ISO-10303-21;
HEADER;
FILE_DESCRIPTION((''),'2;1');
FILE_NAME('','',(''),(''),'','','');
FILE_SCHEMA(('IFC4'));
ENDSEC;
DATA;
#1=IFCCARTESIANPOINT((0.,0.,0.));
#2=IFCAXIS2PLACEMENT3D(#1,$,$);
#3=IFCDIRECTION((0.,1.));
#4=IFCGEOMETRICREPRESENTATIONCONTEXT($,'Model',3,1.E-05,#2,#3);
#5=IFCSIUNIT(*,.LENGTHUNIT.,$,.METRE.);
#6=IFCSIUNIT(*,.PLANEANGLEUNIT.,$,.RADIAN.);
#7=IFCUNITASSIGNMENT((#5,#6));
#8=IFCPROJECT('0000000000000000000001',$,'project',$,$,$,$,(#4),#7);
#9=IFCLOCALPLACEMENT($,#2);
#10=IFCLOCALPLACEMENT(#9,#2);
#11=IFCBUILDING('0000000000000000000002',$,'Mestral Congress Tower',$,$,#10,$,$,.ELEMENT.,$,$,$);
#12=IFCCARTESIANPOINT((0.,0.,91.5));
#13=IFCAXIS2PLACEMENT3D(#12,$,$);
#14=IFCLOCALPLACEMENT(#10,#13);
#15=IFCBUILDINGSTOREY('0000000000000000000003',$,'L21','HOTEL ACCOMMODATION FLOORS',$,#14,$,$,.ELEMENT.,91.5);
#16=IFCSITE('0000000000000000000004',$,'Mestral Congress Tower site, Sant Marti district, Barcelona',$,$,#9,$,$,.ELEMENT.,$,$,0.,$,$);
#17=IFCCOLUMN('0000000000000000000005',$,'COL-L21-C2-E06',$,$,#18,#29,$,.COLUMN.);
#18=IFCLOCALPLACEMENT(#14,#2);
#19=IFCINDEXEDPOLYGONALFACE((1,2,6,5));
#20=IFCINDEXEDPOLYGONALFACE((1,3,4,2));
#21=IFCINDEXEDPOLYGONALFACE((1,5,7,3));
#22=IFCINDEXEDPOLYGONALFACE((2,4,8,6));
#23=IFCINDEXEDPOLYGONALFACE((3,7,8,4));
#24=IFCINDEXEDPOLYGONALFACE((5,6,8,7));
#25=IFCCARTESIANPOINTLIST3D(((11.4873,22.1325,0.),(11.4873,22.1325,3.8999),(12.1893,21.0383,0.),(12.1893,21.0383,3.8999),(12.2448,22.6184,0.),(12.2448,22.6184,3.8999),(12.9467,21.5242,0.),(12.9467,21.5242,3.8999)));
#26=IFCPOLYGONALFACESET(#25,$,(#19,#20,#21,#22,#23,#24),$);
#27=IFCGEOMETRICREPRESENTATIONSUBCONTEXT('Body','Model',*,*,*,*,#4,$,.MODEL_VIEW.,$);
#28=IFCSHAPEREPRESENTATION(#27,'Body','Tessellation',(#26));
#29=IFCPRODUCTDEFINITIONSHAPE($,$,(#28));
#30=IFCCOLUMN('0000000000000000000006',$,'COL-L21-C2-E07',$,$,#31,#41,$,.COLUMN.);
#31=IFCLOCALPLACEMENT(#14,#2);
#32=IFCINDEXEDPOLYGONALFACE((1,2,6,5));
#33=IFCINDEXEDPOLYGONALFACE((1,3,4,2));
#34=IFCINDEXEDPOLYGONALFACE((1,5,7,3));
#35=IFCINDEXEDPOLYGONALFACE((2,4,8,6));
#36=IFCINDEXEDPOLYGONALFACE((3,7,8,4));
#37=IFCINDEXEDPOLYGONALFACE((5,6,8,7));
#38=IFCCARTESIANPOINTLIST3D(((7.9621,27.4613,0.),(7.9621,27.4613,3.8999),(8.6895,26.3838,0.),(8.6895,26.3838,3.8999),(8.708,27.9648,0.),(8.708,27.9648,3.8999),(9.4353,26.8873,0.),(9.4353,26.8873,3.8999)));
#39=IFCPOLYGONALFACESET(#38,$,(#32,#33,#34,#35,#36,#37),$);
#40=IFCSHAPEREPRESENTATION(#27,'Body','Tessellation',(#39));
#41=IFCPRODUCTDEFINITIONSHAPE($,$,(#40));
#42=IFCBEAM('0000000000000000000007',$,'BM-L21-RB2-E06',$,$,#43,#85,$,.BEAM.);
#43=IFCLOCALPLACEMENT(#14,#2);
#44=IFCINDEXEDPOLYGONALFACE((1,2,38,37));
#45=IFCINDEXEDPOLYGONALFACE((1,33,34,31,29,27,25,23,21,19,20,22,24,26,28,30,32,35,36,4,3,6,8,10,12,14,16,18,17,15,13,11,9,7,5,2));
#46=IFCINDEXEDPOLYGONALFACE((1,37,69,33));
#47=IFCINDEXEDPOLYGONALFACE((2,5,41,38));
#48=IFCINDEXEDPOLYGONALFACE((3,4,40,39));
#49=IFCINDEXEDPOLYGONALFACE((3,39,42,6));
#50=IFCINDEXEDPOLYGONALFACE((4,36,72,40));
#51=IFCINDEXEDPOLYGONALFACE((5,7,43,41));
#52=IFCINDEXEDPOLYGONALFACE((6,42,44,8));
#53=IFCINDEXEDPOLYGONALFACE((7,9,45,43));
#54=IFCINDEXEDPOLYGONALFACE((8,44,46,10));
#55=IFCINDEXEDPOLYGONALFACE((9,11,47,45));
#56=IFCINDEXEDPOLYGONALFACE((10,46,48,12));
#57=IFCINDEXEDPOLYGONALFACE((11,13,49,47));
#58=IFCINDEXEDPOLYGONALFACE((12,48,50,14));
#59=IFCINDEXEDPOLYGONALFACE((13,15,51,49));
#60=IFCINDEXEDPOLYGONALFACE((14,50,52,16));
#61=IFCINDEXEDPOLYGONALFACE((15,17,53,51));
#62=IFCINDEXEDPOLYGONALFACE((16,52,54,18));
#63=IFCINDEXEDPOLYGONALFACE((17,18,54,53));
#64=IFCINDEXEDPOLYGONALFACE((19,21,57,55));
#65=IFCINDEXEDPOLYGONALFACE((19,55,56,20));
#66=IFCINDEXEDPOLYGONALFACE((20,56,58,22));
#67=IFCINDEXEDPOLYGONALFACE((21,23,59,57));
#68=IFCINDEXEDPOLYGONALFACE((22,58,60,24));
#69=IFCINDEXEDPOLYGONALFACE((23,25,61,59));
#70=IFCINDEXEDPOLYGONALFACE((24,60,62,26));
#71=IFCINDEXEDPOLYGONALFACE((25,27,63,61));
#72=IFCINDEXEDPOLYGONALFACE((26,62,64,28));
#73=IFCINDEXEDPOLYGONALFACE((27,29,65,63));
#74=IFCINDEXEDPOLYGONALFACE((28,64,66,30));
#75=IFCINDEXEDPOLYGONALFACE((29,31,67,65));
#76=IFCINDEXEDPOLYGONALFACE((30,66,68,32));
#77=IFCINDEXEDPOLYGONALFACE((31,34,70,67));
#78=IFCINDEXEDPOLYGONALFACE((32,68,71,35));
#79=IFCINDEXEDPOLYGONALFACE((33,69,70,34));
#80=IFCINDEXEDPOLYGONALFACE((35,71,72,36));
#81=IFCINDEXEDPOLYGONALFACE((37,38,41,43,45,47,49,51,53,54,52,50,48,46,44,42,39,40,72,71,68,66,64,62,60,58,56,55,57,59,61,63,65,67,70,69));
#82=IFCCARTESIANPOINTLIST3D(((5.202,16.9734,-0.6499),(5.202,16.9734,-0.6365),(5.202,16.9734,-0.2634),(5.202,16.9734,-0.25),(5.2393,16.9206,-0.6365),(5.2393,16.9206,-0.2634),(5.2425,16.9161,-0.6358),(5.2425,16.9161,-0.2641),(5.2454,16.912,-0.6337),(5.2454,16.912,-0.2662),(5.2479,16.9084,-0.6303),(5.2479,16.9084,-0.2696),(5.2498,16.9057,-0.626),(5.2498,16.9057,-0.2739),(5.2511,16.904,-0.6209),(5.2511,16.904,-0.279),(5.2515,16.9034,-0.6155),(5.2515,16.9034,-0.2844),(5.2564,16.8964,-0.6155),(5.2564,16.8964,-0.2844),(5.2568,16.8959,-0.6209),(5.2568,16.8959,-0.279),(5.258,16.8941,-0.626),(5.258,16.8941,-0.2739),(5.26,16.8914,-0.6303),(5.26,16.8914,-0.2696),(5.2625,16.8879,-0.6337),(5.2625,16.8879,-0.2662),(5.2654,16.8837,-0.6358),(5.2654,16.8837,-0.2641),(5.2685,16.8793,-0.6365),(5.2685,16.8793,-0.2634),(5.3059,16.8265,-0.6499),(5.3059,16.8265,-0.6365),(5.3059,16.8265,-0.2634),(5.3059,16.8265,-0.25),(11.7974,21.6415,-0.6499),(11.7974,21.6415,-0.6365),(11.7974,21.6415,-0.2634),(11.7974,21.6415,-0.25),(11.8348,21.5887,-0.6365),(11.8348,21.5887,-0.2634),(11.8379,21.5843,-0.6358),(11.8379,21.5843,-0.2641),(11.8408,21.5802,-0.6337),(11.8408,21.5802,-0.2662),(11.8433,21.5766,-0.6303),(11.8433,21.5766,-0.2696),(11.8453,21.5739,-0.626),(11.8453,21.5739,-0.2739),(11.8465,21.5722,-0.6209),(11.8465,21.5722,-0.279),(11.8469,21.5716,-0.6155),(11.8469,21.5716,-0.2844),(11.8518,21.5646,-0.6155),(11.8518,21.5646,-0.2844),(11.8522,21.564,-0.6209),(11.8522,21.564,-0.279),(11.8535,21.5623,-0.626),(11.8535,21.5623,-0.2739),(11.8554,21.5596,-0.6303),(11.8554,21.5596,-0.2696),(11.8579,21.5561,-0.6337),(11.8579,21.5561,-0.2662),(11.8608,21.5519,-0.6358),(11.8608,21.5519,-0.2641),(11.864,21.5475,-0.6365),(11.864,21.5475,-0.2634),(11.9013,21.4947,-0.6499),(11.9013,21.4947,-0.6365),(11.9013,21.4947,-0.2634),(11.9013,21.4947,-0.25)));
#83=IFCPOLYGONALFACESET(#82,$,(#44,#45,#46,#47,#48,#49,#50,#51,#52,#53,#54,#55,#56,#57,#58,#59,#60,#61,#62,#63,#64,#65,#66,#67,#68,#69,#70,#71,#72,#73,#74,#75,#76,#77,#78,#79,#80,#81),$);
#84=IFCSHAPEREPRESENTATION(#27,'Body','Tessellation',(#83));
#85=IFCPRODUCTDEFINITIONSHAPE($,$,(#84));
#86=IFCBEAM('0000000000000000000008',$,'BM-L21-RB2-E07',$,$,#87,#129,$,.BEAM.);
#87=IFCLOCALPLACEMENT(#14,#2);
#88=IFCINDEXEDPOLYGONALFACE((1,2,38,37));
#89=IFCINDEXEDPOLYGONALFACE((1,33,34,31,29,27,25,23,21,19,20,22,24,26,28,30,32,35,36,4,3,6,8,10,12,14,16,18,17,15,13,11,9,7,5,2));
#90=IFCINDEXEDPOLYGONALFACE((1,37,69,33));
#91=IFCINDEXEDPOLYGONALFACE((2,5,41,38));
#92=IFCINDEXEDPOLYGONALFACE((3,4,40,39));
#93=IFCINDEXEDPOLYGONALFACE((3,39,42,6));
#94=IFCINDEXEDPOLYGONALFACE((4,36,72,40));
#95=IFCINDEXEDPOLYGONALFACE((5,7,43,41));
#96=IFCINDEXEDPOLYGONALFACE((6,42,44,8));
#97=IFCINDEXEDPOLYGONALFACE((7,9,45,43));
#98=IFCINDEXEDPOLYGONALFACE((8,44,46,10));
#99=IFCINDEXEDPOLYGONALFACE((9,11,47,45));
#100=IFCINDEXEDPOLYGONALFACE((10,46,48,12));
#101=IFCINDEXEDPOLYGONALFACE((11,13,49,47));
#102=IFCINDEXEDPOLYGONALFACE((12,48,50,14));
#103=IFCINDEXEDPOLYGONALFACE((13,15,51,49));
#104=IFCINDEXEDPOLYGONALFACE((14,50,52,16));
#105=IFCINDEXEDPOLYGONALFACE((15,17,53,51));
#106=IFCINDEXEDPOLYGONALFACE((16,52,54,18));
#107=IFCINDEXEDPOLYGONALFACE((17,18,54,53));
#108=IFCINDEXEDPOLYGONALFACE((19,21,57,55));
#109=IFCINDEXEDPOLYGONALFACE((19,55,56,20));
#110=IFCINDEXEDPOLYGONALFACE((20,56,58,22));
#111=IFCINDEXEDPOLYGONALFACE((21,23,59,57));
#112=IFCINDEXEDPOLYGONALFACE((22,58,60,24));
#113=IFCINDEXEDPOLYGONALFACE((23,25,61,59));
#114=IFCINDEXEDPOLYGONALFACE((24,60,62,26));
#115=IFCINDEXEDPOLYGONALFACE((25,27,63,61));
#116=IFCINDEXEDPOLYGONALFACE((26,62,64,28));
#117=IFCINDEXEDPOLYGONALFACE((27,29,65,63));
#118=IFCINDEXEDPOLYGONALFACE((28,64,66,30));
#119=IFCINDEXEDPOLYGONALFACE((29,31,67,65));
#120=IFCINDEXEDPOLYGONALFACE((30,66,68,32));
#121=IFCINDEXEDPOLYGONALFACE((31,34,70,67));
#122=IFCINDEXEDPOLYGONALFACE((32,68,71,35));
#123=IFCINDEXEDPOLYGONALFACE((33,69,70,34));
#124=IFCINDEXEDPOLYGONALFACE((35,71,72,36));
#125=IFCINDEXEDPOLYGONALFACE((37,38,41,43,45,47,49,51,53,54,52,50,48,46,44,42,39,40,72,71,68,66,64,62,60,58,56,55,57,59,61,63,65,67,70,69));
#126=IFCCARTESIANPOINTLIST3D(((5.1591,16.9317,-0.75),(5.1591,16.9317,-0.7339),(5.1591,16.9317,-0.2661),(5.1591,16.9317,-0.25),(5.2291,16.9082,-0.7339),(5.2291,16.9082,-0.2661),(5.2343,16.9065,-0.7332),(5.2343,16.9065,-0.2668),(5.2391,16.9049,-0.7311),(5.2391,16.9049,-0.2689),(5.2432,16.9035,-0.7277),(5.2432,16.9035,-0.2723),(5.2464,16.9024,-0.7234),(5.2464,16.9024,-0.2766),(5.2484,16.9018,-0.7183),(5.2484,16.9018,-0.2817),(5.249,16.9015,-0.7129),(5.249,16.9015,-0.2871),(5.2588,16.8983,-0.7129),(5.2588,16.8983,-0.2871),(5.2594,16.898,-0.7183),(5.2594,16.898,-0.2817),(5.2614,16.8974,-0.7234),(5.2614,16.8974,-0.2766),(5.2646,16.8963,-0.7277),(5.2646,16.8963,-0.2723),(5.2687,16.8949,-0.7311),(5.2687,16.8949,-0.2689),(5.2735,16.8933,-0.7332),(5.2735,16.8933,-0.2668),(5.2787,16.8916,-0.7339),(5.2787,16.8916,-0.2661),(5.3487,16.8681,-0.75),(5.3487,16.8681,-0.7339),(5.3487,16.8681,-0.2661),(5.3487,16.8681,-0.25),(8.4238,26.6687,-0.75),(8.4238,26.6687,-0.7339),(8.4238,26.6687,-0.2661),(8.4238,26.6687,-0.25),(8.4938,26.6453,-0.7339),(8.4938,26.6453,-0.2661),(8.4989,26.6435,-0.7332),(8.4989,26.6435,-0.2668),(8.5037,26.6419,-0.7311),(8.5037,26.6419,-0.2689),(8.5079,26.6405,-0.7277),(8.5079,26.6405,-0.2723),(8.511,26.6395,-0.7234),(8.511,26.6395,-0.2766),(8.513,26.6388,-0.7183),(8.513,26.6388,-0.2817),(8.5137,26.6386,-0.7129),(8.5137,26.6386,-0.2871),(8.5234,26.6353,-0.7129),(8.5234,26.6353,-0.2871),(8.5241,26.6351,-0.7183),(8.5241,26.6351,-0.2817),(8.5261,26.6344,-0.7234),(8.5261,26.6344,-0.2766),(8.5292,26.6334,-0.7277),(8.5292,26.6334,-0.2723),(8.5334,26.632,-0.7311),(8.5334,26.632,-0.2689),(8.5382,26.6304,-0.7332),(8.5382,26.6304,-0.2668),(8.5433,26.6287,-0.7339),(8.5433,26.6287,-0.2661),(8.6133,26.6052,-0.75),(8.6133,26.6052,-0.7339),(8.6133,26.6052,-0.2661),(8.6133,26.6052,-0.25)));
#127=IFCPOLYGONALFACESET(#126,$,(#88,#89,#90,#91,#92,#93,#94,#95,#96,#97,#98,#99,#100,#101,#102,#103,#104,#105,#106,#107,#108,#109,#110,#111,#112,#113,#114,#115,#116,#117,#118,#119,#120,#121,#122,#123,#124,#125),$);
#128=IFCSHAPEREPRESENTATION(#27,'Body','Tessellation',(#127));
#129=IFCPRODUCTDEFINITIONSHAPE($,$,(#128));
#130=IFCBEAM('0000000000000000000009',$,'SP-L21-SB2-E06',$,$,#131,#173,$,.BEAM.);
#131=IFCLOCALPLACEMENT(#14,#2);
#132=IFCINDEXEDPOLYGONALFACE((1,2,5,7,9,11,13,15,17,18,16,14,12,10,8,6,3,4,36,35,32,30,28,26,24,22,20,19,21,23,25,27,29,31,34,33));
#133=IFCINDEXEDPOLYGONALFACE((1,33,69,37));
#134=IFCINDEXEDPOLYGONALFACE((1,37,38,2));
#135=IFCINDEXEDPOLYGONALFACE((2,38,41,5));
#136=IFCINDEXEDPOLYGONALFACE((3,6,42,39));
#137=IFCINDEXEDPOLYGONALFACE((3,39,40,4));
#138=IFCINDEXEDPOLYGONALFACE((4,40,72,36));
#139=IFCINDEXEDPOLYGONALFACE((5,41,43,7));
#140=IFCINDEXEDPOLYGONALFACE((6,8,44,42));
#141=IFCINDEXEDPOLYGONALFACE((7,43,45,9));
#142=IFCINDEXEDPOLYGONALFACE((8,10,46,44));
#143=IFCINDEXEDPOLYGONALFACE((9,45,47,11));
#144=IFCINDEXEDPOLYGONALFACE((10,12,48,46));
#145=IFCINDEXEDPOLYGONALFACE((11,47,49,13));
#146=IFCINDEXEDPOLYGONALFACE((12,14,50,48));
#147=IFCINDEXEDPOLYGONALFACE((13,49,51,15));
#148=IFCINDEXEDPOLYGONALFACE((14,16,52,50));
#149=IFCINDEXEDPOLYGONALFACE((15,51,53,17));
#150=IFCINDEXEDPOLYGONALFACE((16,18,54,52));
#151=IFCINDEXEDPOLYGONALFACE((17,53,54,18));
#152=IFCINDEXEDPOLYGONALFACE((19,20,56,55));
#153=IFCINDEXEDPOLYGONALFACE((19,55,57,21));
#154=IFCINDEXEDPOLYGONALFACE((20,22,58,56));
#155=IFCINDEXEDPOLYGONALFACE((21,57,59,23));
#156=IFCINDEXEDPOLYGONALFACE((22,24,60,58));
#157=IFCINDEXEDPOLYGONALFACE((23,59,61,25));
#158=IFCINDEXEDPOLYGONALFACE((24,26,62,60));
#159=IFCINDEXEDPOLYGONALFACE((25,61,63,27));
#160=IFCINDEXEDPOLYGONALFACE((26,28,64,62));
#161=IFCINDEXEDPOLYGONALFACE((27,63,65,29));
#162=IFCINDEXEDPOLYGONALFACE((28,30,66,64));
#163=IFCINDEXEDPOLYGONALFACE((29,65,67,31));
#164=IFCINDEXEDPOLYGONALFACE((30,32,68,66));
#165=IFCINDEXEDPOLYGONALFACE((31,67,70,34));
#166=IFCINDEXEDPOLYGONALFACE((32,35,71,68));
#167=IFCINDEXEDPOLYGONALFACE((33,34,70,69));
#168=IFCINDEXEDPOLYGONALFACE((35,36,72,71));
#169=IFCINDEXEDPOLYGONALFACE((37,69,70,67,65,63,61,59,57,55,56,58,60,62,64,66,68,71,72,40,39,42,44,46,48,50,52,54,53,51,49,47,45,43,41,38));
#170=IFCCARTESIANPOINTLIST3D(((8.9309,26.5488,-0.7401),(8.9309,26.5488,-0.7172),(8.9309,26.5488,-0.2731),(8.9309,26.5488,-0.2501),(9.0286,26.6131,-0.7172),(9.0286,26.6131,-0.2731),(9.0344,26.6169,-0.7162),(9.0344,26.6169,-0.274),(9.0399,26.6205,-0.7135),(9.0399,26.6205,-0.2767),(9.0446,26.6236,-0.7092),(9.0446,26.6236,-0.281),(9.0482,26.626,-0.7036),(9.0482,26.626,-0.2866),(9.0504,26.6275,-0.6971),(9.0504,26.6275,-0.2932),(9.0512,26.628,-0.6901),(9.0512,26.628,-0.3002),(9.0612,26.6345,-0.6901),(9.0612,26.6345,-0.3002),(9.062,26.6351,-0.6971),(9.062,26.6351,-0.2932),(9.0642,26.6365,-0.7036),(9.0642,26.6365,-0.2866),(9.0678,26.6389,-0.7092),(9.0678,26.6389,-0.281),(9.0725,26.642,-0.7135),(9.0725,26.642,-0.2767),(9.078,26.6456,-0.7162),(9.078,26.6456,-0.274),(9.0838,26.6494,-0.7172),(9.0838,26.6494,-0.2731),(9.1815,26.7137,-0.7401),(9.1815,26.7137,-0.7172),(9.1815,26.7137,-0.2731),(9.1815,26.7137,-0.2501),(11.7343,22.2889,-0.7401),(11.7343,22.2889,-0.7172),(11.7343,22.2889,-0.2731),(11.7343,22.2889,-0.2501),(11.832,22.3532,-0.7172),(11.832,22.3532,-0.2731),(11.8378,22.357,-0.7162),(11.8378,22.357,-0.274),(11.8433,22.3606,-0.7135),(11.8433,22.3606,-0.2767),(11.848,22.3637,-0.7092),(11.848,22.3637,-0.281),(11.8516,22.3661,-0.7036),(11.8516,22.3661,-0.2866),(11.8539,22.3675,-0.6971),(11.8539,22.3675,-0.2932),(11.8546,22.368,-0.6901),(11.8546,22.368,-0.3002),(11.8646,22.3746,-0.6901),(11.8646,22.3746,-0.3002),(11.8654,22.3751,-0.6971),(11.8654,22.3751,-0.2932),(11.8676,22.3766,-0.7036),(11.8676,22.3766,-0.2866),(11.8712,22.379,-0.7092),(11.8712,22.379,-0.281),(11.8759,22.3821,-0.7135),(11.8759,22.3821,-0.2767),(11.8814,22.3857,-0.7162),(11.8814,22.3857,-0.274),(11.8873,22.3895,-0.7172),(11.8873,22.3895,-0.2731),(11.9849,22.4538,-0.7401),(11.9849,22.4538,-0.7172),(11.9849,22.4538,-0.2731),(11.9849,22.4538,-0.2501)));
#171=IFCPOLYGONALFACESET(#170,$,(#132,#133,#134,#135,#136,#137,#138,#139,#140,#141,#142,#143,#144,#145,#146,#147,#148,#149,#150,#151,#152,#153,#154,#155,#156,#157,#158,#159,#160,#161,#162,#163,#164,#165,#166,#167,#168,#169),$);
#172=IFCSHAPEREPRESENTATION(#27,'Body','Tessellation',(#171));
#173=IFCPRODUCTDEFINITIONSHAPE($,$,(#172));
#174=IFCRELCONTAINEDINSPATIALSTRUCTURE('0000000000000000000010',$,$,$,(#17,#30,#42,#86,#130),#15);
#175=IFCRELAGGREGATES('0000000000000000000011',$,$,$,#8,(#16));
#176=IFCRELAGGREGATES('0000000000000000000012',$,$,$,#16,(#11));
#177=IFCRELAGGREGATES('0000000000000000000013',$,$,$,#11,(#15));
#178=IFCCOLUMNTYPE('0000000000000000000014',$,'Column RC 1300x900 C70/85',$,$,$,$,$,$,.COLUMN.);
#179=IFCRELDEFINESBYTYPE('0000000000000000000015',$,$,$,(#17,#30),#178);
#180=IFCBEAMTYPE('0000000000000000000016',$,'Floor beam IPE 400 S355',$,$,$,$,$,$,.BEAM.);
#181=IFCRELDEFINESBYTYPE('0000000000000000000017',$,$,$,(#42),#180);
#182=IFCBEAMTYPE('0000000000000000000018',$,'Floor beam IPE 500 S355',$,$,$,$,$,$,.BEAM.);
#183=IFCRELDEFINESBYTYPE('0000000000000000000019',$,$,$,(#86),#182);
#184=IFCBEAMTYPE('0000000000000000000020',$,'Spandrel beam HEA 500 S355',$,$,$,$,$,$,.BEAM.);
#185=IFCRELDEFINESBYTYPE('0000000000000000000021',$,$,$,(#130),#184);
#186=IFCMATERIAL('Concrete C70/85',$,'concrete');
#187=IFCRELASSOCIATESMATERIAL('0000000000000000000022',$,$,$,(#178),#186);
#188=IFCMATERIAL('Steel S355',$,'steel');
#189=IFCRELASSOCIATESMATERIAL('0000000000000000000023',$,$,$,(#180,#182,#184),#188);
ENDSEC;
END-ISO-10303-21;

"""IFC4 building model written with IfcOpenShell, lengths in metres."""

from ifc_helpers import new_model, si_unit, direction, frame, origin, origin_2d, place, context, subcontext, project, spatial, rectangle, i_section, extrude, material, material_profile, profile_set, type_object, element, save


model = new_model("IFC4")

# Units and contexts
model_context = context("Model", 3, precision=1e-05, world=origin(), true_north=direction((0.0, 1.0)))
body_context = subcontext(model_context, "Body", "Model", "MODEL_VIEW")
ifc_project = project(units=[si_unit("LENGTHUNIT", "METRE"), si_unit("PLANEANGLEUNIT", "RADIAN")], contexts=[model_context])

# Site, building, storey
site_placement = place(None, origin())
site = spatial("IfcSite", under=ifc_project, at=site_placement, Name="Mestral Congress Tower site, Sant Marti district, Barcelona", CompositionType="ELEMENT", RefElevation=0.0)
building_placement = place(site_placement, origin())
building = spatial("IfcBuilding", under=site, at=building_placement, Name="Mestral Congress Tower", CompositionType="ELEMENT")
storey_placement = place(building_placement, frame((0.0, 0.0, 91.5)))
storey = spatial("IfcBuildingStorey", under=building, at=storey_placement, Name="L21", Description="HOTEL ACCOMMODATION FLOORS", CompositionType="ELEMENT", Elevation=91.5)

# Columns
ifc_material_1 = material(Name="Concrete C70/85", Category="concrete")
ifc_material_profile_1 = material_profile(ifc_material_1, rectangle(XDim=1.3, YDim=0.8999, at=origin_2d()), Name="RC 1300x900")
ifc_profile_set_1 = profile_set([ifc_material_profile_1], Name="Concrete C70/85")
column_type = type_object("IfcColumnType", Name="Column RC 1300x900 C70/85", PredefinedType="COLUMN", material=ifc_profile_set_1)
for number, where, z_axis, x_axis, name in (
    (1, (12.217, 21.8284, 0.0), (0.0, 0.0, 1.0), (-0.539945, 0.8417, 0.0), "COL-L21-C2-E06"),
    (2, (8.6987, 27.1743, 0.0), (0.0, 0.0, 1.0), (-0.559479, 0.828844, 0.0), "COL-L21-C2-E07"),
):
    element("IfcColumn", number, at=place(storey_placement, frame(where, z_axis=z_axis, x_axis=x_axis)), inside=storey, type_object=column_type, Name=name, PredefinedType="COLUMN", context=body_context, shape_type="SweptSolid", body=[
        extrude(rectangle(XDim=1.3, YDim=0.8999, at=origin_2d()), origin(), (0.0, 0.0, 1.0), 3.8999),
    ])

# Beams
ifc_material_2 = material(Name="Steel S355", Category="steel")
ifc_material_profile_2 = material_profile(ifc_material_2, i_section(OverallWidth=0.1799, OverallDepth=0.3999, WebThickness=0.0085, FlangeThickness=0.0134, FilletRadius=0.021, at=origin_2d()), Name="IPE 400")
ifc_profile_set_2 = profile_set([ifc_material_profile_2], Name="Steel S355")
beam_type_1 = type_object("IfcBeamType", Name="Floor beam IPE 400 S355", PredefinedType="BEAM", material=ifc_profile_set_2)
beam_1_placement = place(storey_placement, frame((11.8494, 21.5681, -0.45), z_axis=(-0.816233, -0.577723, 0.0), x_axis=(0.577723, -0.816233, 0.0)))
element("IfcBeam", 3, at=beam_1_placement, inside=storey, type_object=beam_type_1, Name="BM-L21-RB2-E06", PredefinedType="BEAM", context=body_context, shape_type="SweptSolid", body=[
    extrude(i_section(OverallWidth=0.1799, OverallDepth=0.3999, WebThickness=0.0085, FlangeThickness=0.0134, FilletRadius=0.021, at=origin_2d()), origin(), (0.0, 0.0, 1.0), 8.0803),
])
ifc_material_profile_3 = material_profile(ifc_material_2, i_section(OverallWidth=0.2, OverallDepth=0.5, WebThickness=0.0103, FlangeThickness=0.0161, FilletRadius=0.021, at=origin_2d()), Name="IPE 500")
ifc_profile_set_3 = profile_set([ifc_material_profile_3], Name="Steel S355")
beam_type_2 = type_object("IfcBeamType", Name="Floor beam IPE 500 S355", PredefinedType="BEAM", material=ifc_profile_set_3)
beam_2_placement = place(storey_placement, frame((8.5186, 26.637, -0.5), z_axis=(-0.317889, -0.948128, 0.0), x_axis=(0.948128, -0.317889, 0.0)))
element("IfcBeam", 4, at=beam_2_placement, inside=storey, type_object=beam_type_2, Name="BM-L21-RB2-E07", PredefinedType="BEAM", context=body_context, shape_type="SweptSolid", body=[
    extrude(i_section(OverallWidth=0.2, OverallDepth=0.5, WebThickness=0.0103, FlangeThickness=0.0161, FilletRadius=0.021, at=origin_2d()), origin(), (0.0, 0.0, 1.0), 10.2698),
])
ifc_material_profile_4 = material_profile(ifc_material_2, i_section(OverallWidth=0.3, OverallDepth=0.49, WebThickness=0.012, FlangeThickness=0.0229, FilletRadius=0.0271, at=origin_2d()), Name="HEA 500")
ifc_profile_set_4 = profile_set([ifc_material_profile_4], Name="Steel S355")
beam_type_3 = type_object("IfcBeamType", Name="Spandrel beam HEA 500 S355", PredefinedType="BEAM", material=ifc_profile_set_4)
beam_3_placement = place(storey_placement, frame((11.8596, 22.3713, -0.4951), z_axis=(-0.54973, 0.835342, 0.0), x_axis=(-0.835342, -0.54973, 0.0)))
element("IfcBeam", 5, at=beam_3_placement, inside=storey, type_object=beam_type_3, Name="SP-L21-SB2-E06", PredefinedType="BEAM", context=body_context, shape_type="SweptSolid", body=[
    extrude(i_section(OverallWidth=0.3, OverallDepth=0.49, WebThickness=0.012, FlangeThickness=0.0229, FilletRadius=0.0271, at=origin_2d()), origin(), (0.0, 0.0, 1.0), 5.0996),
])

save(model, "model.ifc")
